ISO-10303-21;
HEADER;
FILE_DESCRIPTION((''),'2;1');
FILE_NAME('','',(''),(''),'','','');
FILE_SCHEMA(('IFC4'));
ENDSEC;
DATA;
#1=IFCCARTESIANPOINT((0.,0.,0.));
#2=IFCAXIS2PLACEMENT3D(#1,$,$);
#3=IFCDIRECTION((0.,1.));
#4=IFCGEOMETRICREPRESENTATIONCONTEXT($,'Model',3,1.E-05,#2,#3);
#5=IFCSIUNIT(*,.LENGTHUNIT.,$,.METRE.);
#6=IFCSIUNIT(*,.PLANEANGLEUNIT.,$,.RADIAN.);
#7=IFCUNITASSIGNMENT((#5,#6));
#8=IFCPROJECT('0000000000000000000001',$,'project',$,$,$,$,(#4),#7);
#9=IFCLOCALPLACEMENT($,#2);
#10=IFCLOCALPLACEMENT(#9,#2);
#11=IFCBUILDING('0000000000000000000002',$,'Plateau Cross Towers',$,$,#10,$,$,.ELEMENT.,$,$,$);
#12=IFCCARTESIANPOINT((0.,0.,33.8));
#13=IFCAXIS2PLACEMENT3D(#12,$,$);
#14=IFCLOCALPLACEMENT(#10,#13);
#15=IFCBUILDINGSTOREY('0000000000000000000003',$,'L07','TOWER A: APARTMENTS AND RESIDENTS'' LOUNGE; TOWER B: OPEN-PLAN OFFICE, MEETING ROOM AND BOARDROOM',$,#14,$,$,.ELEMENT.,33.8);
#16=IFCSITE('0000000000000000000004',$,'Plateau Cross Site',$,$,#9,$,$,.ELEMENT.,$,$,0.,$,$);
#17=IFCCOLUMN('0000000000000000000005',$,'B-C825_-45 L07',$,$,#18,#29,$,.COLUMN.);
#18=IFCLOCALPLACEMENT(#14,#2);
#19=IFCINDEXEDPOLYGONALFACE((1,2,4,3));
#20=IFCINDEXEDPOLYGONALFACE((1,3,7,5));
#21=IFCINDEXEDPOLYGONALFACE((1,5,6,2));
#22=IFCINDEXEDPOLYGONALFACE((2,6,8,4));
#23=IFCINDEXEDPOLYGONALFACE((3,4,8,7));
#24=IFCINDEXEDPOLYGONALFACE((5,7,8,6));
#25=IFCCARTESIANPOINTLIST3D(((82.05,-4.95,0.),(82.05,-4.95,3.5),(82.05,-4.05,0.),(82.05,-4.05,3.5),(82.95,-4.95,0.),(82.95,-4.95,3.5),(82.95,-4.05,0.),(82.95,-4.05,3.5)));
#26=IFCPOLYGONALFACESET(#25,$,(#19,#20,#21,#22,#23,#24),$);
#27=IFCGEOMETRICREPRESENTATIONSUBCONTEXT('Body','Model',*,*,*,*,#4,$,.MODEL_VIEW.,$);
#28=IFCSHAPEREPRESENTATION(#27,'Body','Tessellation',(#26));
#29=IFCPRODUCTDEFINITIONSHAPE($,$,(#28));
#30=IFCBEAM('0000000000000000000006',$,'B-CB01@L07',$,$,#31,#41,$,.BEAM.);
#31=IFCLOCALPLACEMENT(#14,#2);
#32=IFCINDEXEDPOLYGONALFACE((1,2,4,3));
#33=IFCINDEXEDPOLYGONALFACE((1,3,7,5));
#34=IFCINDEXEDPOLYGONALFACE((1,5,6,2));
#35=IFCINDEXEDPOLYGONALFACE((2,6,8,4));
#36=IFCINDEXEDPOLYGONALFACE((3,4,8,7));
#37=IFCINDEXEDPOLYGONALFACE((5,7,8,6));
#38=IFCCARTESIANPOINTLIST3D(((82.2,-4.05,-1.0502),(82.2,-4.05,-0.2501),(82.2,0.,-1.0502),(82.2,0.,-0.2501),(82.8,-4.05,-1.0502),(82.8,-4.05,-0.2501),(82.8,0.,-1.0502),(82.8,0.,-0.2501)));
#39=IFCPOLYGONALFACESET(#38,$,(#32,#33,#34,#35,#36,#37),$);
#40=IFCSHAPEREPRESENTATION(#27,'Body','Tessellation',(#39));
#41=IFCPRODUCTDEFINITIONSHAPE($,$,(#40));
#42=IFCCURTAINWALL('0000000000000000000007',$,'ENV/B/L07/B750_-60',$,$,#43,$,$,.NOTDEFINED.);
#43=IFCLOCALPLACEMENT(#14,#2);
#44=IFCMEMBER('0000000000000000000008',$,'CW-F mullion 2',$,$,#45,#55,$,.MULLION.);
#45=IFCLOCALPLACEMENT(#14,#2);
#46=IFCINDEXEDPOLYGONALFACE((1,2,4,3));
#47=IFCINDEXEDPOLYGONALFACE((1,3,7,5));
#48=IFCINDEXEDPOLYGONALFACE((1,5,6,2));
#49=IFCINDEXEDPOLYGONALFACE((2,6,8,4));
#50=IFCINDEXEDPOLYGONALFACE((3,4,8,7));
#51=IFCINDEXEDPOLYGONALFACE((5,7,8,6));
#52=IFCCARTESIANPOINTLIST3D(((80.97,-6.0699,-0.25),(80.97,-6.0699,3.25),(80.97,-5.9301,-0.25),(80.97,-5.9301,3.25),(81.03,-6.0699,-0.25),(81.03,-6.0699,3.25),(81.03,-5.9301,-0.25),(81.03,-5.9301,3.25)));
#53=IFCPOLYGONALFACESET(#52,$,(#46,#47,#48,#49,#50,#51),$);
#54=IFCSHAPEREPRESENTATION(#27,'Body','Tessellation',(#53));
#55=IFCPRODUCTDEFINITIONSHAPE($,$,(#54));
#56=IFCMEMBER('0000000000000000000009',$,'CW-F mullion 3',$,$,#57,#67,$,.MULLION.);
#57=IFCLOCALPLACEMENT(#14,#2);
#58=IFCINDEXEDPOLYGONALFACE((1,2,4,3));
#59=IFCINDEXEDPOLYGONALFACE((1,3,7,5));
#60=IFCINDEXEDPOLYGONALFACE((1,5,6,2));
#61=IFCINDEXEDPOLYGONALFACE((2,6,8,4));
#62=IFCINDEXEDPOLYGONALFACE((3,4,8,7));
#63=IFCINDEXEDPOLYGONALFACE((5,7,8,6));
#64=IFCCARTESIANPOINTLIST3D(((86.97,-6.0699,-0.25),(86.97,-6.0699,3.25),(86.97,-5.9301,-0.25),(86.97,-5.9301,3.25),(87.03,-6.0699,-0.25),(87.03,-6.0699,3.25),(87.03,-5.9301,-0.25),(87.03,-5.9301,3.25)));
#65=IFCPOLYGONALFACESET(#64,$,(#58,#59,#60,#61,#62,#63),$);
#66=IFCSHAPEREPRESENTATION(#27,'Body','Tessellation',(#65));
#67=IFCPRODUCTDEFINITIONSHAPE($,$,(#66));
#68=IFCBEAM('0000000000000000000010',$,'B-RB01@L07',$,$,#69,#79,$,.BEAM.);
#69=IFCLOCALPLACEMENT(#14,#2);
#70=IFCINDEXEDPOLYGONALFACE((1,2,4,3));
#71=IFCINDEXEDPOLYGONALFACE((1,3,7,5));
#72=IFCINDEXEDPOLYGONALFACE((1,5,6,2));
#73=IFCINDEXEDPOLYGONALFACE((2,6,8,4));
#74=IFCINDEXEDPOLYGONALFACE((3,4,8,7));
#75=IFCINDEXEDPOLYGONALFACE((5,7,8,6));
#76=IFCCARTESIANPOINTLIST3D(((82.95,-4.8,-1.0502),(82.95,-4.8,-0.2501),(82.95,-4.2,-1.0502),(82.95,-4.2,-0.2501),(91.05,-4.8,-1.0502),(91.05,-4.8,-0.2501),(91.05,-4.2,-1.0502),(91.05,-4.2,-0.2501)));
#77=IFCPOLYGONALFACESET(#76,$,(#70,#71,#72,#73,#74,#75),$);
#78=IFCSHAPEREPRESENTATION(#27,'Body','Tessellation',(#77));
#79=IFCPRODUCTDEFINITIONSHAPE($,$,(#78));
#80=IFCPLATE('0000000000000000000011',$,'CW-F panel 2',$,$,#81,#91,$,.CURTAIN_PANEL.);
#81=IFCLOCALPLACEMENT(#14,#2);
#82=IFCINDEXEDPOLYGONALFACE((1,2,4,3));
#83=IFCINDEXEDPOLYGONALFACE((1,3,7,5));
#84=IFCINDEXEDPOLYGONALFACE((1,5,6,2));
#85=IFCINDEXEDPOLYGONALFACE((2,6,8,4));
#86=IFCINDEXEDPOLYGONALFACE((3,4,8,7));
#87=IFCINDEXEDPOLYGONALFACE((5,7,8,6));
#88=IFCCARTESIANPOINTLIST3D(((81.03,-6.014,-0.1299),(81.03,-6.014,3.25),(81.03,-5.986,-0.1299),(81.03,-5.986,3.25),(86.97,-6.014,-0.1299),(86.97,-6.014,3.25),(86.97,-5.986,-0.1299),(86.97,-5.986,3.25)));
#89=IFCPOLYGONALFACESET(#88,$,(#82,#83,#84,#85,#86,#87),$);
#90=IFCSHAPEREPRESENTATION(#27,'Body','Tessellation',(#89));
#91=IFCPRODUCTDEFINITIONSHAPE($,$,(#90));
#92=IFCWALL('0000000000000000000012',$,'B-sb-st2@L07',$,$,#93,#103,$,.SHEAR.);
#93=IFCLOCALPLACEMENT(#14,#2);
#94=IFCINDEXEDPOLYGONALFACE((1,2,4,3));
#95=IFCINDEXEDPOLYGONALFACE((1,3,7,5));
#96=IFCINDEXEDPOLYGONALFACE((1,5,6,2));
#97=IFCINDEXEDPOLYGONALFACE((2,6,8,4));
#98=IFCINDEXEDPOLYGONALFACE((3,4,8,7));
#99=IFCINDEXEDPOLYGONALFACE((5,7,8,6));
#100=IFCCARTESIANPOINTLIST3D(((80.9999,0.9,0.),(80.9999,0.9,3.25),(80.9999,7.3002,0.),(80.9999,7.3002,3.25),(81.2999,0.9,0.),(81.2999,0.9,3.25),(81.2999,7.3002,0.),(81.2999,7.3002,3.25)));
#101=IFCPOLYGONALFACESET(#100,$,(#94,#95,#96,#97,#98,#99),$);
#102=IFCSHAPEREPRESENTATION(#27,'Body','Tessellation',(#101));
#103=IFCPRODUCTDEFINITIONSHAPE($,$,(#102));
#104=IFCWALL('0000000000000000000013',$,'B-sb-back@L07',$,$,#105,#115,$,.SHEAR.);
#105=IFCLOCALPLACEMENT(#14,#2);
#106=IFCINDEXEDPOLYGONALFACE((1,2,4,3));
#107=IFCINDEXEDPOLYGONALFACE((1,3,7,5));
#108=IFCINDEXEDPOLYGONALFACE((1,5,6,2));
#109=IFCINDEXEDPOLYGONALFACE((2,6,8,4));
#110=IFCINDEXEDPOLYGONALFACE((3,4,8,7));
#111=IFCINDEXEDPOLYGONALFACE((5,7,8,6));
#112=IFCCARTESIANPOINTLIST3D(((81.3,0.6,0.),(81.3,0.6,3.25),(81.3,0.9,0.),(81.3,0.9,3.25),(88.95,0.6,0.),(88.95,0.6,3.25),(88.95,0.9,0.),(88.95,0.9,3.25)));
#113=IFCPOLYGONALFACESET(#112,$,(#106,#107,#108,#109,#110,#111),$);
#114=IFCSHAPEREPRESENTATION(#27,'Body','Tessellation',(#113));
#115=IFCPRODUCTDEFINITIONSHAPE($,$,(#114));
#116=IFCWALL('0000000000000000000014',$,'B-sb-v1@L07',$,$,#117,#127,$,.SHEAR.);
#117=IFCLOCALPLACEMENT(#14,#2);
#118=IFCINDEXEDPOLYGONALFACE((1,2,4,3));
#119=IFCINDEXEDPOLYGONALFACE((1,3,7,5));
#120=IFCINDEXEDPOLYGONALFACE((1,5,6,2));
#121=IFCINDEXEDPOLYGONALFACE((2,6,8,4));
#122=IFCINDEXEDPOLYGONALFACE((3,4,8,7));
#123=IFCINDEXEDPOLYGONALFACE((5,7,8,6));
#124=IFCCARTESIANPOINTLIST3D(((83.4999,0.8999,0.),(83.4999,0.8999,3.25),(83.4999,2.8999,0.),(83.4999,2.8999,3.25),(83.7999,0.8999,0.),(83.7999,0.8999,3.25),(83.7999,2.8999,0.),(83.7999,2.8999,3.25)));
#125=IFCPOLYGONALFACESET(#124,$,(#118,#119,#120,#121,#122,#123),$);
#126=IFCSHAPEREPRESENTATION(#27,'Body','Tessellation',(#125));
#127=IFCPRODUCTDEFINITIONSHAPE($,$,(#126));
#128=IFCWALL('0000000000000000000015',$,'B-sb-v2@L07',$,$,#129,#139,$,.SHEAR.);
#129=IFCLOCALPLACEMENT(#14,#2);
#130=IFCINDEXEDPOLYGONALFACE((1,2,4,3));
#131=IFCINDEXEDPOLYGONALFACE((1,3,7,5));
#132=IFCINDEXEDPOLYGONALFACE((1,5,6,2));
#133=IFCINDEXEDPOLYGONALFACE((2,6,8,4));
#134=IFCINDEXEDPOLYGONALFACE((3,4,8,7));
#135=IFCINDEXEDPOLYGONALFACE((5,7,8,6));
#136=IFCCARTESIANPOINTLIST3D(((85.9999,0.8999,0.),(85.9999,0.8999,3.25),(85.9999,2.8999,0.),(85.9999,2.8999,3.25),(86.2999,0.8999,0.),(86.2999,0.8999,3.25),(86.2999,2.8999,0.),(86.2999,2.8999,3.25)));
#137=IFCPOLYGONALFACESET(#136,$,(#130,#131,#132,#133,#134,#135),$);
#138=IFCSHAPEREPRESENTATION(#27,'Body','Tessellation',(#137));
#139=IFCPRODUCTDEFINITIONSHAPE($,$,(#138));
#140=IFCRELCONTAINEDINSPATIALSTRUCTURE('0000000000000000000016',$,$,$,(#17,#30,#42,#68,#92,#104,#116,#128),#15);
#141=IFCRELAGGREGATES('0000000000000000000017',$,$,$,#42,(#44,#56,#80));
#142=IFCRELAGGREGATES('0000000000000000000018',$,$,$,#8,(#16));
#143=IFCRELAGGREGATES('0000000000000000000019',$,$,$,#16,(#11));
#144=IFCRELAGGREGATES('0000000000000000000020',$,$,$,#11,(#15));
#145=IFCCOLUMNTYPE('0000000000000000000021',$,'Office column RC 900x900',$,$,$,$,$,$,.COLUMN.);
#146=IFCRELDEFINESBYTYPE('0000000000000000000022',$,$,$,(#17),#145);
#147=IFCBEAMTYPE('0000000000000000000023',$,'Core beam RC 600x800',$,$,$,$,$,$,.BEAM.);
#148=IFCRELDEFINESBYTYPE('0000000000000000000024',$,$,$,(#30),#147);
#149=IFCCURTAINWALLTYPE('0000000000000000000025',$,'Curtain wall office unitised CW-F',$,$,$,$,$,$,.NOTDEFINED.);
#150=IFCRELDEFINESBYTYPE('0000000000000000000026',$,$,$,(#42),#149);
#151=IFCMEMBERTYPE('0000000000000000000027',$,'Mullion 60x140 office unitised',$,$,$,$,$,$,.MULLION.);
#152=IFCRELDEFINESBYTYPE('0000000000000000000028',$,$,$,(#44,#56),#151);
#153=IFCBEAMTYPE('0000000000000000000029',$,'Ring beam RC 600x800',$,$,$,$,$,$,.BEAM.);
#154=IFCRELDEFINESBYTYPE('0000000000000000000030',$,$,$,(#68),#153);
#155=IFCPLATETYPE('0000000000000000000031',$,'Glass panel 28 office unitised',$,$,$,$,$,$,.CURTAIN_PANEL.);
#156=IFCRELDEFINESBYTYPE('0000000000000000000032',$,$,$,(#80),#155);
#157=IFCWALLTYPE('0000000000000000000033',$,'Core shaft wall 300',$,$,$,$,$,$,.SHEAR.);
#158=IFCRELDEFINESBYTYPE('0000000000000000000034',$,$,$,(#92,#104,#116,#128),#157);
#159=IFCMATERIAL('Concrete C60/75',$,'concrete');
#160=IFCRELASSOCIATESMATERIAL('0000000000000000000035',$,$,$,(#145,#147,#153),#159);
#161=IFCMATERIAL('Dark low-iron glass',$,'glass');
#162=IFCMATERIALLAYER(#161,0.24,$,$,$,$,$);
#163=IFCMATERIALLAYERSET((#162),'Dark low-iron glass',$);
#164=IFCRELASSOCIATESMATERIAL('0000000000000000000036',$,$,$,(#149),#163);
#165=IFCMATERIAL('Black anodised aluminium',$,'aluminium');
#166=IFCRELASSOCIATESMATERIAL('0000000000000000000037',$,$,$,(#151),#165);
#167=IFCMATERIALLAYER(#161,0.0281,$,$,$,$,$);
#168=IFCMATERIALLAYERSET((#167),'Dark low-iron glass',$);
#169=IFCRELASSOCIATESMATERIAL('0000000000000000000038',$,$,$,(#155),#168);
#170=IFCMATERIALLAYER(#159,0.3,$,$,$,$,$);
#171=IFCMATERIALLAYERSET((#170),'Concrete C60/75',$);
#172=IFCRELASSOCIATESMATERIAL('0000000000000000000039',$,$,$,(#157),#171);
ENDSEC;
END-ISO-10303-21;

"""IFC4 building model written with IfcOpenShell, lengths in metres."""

from ifc_helpers import new_model, si_unit, direction, frame, frame_2d, origin, origin_2d, place, context, subcontext, project, spatial, rectangle, extrude, material, layer, layer_set, material_profile, profile_set, type_object, element, aggregate, save


model = new_model("IFC4")

# Units and contexts
model_context = context("Model", 3, precision=1e-05, world=origin(), true_north=direction((0.0, 1.0)))
body_context = subcontext(model_context, "Body", "Model", "MODEL_VIEW")
ifc_project = project(units=[si_unit("LENGTHUNIT", "METRE"), si_unit("PLANEANGLEUNIT", "RADIAN")], contexts=[model_context])

# Site, building, storey
site_placement = place(None, origin())
site = spatial("IfcSite", under=ifc_project, at=site_placement, Name="Plateau Cross Site", CompositionType="ELEMENT", RefElevation=0.0)
building_placement = place(site_placement, origin())
building = spatial("IfcBuilding", under=site, at=building_placement, Name="Plateau Cross Towers", CompositionType="ELEMENT")
storey_placement = place(building_placement, frame((0.0, 0.0, 33.8)))
storey = spatial("IfcBuildingStorey", under=building, at=storey_placement, Name="L07", Description="TOWER A: APARTMENTS AND RESIDENTS' LOUNGE; TOWER B: OPEN-PLAN OFFICE, MEETING ROOM AND BOARDROOM", CompositionType="ELEMENT", Elevation=33.8)

# Column
ifc_material_1 = material(Name="Concrete C60/75", Category="concrete")
ifc_material_profile_1 = material_profile(ifc_material_1, rectangle(XDim=0.8999, YDim=0.8999, at=origin_2d()), Name="RC 900x900")
ifc_profile_set_1 = profile_set([ifc_material_profile_1], Name="Concrete C60/75")
column_type = type_object("IfcColumnType", Name="Office column RC 900x900", PredefinedType="COLUMN", material=ifc_profile_set_1)
column_placement = place(storey_placement, frame((82.5, -4.5, 0.0), z_axis=(0.0, 0.0, 1.0), x_axis=(1.0, 0.0, 0.0)))
element("IfcColumn", 1, at=column_placement, inside=storey, type_object=column_type, Name="B-C825_-45 L07", PredefinedType="COLUMN", context=body_context, shape_type="SweptSolid", body=[
    extrude(rectangle(XDim=0.8999, YDim=0.8999, at=origin_2d()), origin(), (0.0, 0.0, 1.0), 3.5),
])

# Beam
ifc_material_profile_2 = material_profile(ifc_material_1, rectangle(XDim=0.6001, YDim=0.8, at=origin_2d()), Name="RC 600x800")
ifc_profile_set_2 = profile_set([ifc_material_profile_2], Name="Concrete C60/75")
beam_type_1 = type_object("IfcBeamType", Name="Core beam RC 600x800", PredefinedType="BEAM", material=ifc_profile_set_2)
beam_1_placement = place(storey_placement, frame((82.5, 0.0, -0.6501), z_axis=(0.0, -1.0, 0.0), x_axis=(1.0, 0.0, 0.0)))
element("IfcBeam", 2, at=beam_1_placement, inside=storey, type_object=beam_type_1, Name="B-CB01@L07", PredefinedType="BEAM", context=body_context, shape_type="SweptSolid", body=[
    extrude(rectangle(XDim=0.6001, YDim=0.8, at=origin_2d()), origin(), (0.0, 0.0, 1.0), 4.05),
])

# Curtain wall, members
ifc_material_2 = material(Name="Dark low-iron glass", Category="glass")
ifc_layer_1 = layer(ifc_material_2, 0.24)
ifc_layer_set_1 = layer_set([ifc_layer_1], Name="Dark low-iron glass")
curtain_wall_type = type_object("IfcCurtainWallType", Name="Curtain wall office unitised CW-F", PredefinedType="NOTDEFINED", material=ifc_layer_set_1)
curtain_wall_placement = place(storey_placement, origin())
curtain_wall = element("IfcCurtainWall", 3, at=curtain_wall_placement, inside=storey, type_object=curtain_wall_type, Name="ENV/B/L07/B750_-60", PredefinedType="NOTDEFINED")
ifc_material_3 = material(Name="Black anodised aluminium", Category="aluminium")
ifc_material_profile_3 = material_profile(ifc_material_3, rectangle(XDim=0.0601, YDim=0.1399, at=origin_2d()), Name="MULLION 60x140")
ifc_profile_set_3 = profile_set([ifc_material_profile_3], Name="Black anodised aluminium")
member_type = type_object("IfcMemberType", Name="Mullion 60x140 office unitised", PredefinedType="MULLION", material=ifc_profile_set_3)
member_1_placement = place(storey_placement, frame((81.0, -6.0, -0.25), z_axis=(0.0, 0.0, 1.0), x_axis=(1.0, 0.0, 0.0)))
member_1 = element("IfcMember", 4, at=member_1_placement, type_object=member_type, Name="CW-F mullion 2", PredefinedType="MULLION", context=body_context, shape_type="SweptSolid", body=[
    extrude(rectangle(XDim=0.0601, YDim=0.1399, at=origin_2d()), origin(), (0.0, 0.0, 1.0), 3.5),
])
member_2_placement = place(storey_placement, frame((87.0, -6.0, -0.25), z_axis=(0.0, 0.0, 1.0), x_axis=(1.0, 0.0, 0.0)))
member_2 = element("IfcMember", 5, at=member_2_placement, type_object=member_type, Name="CW-F mullion 3", PredefinedType="MULLION", context=body_context, shape_type="SweptSolid", body=[
    extrude(rectangle(XDim=0.0601, YDim=0.1399, at=origin_2d()), origin(), (0.0, 0.0, 1.0), 3.5),
])

# Beam
ifc_material_profile_4 = material_profile(ifc_material_1, rectangle(XDim=0.6001, YDim=0.8, at=origin_2d()), Name="RC 600x800")
ifc_profile_set_4 = profile_set([ifc_material_profile_4], Name="Concrete C60/75")
beam_type_2 = type_object("IfcBeamType", Name="Ring beam RC 600x800", PredefinedType="BEAM", material=ifc_profile_set_4)
beam_2_placement = place(storey_placement, frame((82.95, -4.5, -0.6501), z_axis=(1.0, 0.0, 0.0), x_axis=(0.0, 1.0, 0.0)))
element("IfcBeam", 6, at=beam_2_placement, inside=storey, type_object=beam_type_2, Name="B-RB01@L07", PredefinedType="BEAM", context=body_context, shape_type="SweptSolid", body=[
    extrude(rectangle(XDim=0.6001, YDim=0.8, at=origin_2d()), origin(), (0.0, 0.0, 1.0), 8.1001),
])

# Plate
ifc_layer_2 = layer(ifc_material_2, 0.0281)
ifc_layer_set_2 = layer_set([ifc_layer_2], Name="Dark low-iron glass")
plate_type = type_object("IfcPlateType", Name="Glass panel 28 office unitised", PredefinedType="CURTAIN_PANEL", material=ifc_layer_set_2)
plate_placement = place(storey_placement, frame((84.0, -6.0, -0.1299), z_axis=(0.0, 0.0, 1.0), x_axis=(1.0, 0.0, 0.0)))
plate = element("IfcPlate", 7, at=plate_placement, type_object=plate_type, Name="CW-F panel 2", PredefinedType="CURTAIN_PANEL", context=body_context, shape_type="SweptSolid", body=[
    extrude(rectangle(XDim=5.9399, YDim=0.0281, at=origin_2d()), origin(), (0.0, 0.0, 1.0), 3.3799),
])
aggregate(curtain_wall, [member_1, member_2, plate])

# Walls
ifc_layer_3 = layer(ifc_material_1, 0.3)
ifc_layer_set_3 = layer_set([ifc_layer_3], Name="Concrete C60/75")
wall_type_1 = type_object("IfcWallType", Name="Core shaft wall 300", PredefinedType="SHEAR", material=ifc_layer_set_3)
wall_1_placement = place(storey_placement, frame((81.1499, 0.8999, 0.0), z_axis=(0.0, 0.0, 1.0), x_axis=(0.0, 1.0, 0.0)))
element("IfcWall", 8, at=wall_1_placement, inside=storey, type_object=wall_type_1, Name="B-sb-st2@L07", PredefinedType="SHEAR", context=body_context, shape_type="SweptSolid", body=[
    extrude(rectangle(XDim=6.4001, YDim=0.3, at=frame_2d((3.2002, 0.0))), origin(), (0.0, 0.0, 1.0), 3.25),
])
wall_2_placement = place(storey_placement, frame((81.3, 0.75, 0.0), z_axis=(0.0, 0.0, 1.0), x_axis=(1.0, 0.0, 0.0)))
element("IfcWall", 9, at=wall_2_placement, inside=storey, type_object=wall_type_1, Name="B-sb-back@L07", PredefinedType="SHEAR", context=body_context, shape_type="SweptSolid", body=[
    extrude(rectangle(XDim=7.6499, YDim=0.3, at=frame_2d((3.825, 0.0))), origin(), (0.0, 0.0, 1.0), 3.25),
])
for number, where, z_axis, x_axis, name in (
    (10, (83.6499, 0.8999, 0.0), (0.0, 0.0, 1.0), (0.0, 1.0, 0.0), "B-sb-v1@L07"),
    (11, (86.1499, 0.8999, 0.0), (0.0, 0.0, 1.0), (0.0, 1.0, 0.0), "B-sb-v2@L07"),
):
    element("IfcWall", number, at=place(storey_placement, frame(where, z_axis=z_axis, x_axis=x_axis)), inside=storey, type_object=wall_type_1, Name=name, PredefinedType="SHEAR", context=body_context, shape_type="SweptSolid", body=[
        extrude(rectangle(XDim=2.0, YDim=0.3, at=frame_2d((1.0, 0.0))), origin(), (0.0, 0.0, 1.0), 3.25),
    ])

save(model, "model.ifc")
